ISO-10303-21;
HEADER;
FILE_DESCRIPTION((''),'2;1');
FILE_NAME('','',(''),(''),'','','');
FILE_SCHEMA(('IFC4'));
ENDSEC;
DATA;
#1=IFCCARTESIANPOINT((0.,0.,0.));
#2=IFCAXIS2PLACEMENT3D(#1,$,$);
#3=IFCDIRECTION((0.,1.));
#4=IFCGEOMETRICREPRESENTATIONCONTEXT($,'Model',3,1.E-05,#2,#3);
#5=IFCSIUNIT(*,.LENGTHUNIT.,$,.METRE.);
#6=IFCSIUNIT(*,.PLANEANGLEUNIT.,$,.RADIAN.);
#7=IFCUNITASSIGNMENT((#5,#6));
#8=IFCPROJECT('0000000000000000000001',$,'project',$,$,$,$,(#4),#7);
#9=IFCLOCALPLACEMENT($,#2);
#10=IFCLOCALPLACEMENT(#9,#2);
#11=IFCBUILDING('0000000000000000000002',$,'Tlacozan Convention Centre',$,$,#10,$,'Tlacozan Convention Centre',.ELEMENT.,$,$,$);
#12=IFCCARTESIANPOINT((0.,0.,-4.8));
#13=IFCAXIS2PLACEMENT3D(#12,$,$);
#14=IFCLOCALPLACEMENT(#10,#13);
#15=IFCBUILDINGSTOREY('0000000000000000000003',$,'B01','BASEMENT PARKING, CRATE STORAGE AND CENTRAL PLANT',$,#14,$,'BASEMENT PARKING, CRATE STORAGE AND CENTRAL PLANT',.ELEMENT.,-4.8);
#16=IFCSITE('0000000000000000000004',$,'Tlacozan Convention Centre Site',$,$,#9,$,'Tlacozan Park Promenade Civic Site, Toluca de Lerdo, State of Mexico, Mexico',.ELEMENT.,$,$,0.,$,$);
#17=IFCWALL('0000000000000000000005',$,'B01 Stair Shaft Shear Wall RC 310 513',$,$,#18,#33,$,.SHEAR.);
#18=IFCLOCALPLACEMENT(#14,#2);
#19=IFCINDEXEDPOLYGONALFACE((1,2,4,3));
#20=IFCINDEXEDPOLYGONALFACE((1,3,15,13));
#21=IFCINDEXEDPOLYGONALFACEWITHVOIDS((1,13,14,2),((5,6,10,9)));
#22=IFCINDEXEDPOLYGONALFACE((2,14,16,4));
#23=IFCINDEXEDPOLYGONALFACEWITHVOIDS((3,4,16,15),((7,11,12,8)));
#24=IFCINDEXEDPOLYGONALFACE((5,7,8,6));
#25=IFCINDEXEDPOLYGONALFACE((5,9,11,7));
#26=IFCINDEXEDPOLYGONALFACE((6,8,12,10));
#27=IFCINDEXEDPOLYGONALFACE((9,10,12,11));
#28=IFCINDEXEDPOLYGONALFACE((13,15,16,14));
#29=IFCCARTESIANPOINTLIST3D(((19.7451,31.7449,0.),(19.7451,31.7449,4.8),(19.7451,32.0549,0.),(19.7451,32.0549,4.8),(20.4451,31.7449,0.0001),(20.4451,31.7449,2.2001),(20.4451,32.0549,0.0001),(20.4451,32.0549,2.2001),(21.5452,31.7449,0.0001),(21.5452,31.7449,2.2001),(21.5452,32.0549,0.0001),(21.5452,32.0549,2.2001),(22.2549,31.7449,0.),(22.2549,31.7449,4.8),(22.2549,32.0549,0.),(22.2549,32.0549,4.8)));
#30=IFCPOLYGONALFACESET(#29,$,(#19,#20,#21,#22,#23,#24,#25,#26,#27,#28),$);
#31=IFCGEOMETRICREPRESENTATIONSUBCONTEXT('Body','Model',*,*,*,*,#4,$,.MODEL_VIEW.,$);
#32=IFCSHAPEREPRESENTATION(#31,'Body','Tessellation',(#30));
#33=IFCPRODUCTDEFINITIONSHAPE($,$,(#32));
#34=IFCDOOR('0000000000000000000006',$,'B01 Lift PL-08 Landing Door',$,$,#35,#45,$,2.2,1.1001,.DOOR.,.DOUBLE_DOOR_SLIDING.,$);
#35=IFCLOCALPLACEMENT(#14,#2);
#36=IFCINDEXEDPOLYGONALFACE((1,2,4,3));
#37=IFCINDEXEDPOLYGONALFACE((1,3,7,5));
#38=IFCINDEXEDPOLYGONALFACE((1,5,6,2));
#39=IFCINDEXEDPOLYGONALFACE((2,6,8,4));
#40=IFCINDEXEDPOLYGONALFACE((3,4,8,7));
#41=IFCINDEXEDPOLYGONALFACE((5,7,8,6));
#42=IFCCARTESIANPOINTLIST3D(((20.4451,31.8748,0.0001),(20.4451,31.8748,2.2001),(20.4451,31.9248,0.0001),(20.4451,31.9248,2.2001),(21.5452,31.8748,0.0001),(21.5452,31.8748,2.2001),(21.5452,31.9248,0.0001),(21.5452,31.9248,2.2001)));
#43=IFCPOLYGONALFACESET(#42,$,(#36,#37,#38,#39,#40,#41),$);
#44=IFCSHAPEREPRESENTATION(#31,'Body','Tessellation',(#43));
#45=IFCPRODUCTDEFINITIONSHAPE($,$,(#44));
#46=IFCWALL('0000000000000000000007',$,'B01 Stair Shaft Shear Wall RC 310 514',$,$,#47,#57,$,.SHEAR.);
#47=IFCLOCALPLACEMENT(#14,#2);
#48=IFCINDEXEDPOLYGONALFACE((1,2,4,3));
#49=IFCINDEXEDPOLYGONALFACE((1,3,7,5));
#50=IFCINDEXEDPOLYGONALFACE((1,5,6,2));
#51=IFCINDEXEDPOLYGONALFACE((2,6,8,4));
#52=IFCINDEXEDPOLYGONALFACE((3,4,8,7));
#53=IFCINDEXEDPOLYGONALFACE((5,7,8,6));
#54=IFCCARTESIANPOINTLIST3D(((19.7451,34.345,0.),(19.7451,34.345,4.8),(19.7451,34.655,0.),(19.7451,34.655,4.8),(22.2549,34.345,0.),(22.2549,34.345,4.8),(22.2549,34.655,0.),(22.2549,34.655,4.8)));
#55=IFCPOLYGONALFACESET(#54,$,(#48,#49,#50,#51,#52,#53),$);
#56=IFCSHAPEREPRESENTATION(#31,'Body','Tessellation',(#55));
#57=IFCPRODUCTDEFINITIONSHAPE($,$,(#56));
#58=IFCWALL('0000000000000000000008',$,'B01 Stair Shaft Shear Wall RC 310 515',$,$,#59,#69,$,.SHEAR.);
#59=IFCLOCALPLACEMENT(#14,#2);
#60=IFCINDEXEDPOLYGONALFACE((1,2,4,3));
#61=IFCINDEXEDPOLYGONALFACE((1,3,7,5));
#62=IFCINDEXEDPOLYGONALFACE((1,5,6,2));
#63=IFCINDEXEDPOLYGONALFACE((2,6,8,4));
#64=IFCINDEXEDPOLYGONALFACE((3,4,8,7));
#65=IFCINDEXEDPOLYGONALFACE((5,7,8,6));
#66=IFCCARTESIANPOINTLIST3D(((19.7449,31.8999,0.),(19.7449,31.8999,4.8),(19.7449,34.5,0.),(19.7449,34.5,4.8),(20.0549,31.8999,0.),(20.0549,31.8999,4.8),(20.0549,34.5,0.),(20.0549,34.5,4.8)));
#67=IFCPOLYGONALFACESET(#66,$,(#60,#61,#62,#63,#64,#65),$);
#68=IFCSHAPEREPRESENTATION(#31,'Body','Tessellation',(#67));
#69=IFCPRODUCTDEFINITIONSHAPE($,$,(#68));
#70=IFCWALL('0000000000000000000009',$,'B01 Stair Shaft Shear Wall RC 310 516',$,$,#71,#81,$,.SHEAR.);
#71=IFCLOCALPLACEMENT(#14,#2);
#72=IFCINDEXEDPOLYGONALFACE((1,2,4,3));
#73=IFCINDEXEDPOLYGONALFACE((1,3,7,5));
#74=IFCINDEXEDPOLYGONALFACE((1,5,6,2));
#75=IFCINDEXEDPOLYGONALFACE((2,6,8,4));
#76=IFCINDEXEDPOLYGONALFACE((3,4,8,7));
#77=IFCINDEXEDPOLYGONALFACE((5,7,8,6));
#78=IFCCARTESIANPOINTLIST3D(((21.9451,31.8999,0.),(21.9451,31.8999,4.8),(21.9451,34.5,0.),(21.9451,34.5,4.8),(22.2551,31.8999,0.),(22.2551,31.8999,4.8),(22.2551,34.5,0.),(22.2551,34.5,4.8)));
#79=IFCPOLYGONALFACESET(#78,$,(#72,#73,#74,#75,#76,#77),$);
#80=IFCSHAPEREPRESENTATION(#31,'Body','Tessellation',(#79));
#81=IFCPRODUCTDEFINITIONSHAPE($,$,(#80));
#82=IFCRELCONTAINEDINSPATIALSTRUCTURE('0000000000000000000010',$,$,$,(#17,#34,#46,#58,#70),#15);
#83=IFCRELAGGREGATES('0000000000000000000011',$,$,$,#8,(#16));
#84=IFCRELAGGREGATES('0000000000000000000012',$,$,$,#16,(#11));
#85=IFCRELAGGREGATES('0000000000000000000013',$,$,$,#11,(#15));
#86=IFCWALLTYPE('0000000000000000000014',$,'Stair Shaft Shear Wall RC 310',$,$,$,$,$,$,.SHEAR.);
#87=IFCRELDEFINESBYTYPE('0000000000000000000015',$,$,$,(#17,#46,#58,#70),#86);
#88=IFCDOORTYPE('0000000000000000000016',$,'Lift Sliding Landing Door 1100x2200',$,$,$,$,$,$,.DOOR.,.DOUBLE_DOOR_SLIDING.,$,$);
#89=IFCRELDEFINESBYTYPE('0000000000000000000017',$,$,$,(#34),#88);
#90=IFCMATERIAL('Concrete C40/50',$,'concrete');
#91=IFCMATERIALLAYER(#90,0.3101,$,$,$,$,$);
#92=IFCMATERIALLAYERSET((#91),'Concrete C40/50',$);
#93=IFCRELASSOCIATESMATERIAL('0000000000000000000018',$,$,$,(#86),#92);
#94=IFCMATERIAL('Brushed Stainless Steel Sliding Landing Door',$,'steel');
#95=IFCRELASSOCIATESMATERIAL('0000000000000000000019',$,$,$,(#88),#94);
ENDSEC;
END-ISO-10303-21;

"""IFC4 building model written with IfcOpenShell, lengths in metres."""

from ifc_helpers import new_model, si_unit, direction, frame, frame_2d, origin, place, context, subcontext, project, spatial, rectangle, extrude, material, layer, layer_set, type_object, element, fill, save


model = new_model("IFC4")

# Units and contexts
model_context = context("Model", 3, precision=1e-05, world=origin(), true_north=direction((0.0, 1.0)))
body_context = subcontext(model_context, "Body", "Model", "MODEL_VIEW")
ifc_project = project(units=[si_unit("LENGTHUNIT", "METRE"), si_unit("PLANEANGLEUNIT", "RADIAN")], contexts=[model_context])

# Site, building, storey
site_placement = place(None, origin())
site = spatial("IfcSite", under=ifc_project, at=site_placement, Name="Tlacozan Convention Centre Site", LongName="Tlacozan Park Promenade Civic Site, Toluca de Lerdo, State of Mexico, Mexico", CompositionType="ELEMENT", RefElevation=0.0)
building_placement = place(site_placement, origin())
building = spatial("IfcBuilding", under=site, at=building_placement, Name="Tlacozan Convention Centre", LongName="Tlacozan Convention Centre", CompositionType="ELEMENT")
storey_placement = place(building_placement, frame((0.0, 0.0, -4.8)))
storey = spatial("IfcBuildingStorey", under=building, at=storey_placement, Name="B01", Description="BASEMENT PARKING, CRATE STORAGE AND CENTRAL PLANT", LongName="BASEMENT PARKING, CRATE STORAGE AND CENTRAL PLANT", CompositionType="ELEMENT", Elevation=-4.8)

# Shared definitions
ifc_material_1 = material(Name="Concrete C40/50", Category="concrete")

# Shared definitions
ifc_layer_1 = layer(ifc_material_1, 0.3101)
ifc_layer_set_1 = layer_set([ifc_layer_1], Name="Concrete C40/50")
wall_type_1 = type_object("IfcWallType", Name="Stair Shaft Shear Wall RC 310", PredefinedType="SHEAR", material=ifc_layer_set_1)

# Wall, opening, door
wall_1_placement = place(storey_placement, frame((19.7451, 31.8999, 0.0), z_axis=(0.0, 0.0, 1.0), x_axis=(1.0, 0.0, 0.0)))
wall_1 = element("IfcWall", 1, at=wall_1_placement, inside=storey, type_object=wall_type_1, Name="B01 Stair Shaft Shear Wall RC 310 513", PredefinedType="SHEAR", context=body_context, shape_type="SweptSolid", body=[
    extrude(rectangle(XDim=2.5098, YDim=0.3101, at=frame_2d((1.2549, 0.0))), origin(), (0.0, 0.0, 1.0), 4.8),
])
opening_placement = place(wall_1_placement, frame((0.7, 0.0, 0.0)))
opening = element("IfcOpeningElement", 2, at=opening_placement, cuts=wall_1, PredefinedType="OPENING", context=body_context, shape_type="SweptSolid", body=[
    extrude(rectangle(XDim=1.1001, YDim=2.2, at=frame_2d((0.55, 1.1001))), frame((0.0, 0.165, 0.0), z_axis=(0.0, -1.0, 0.0), x_axis=(1.0, 0.0, 0.0)), (0.0, 0.0, 1.0), 0.3301),
])
ifc_material_2 = material(Name="Brushed Stainless Steel Sliding Landing Door", Category="steel")
door_type = type_object("IfcDoorType", Name="Lift Sliding Landing Door 1100x2200", OperationType="DOUBLE_DOOR_SLIDING", PredefinedType="DOOR", material=ifc_material_2)
door_placement = place(opening_placement, origin())
door = element("IfcDoor", 3, at=door_placement, inside=storey, type_object=door_type, Name="B01 Lift PL-08 Landing Door", OperationType="DOUBLE_DOOR_SLIDING", OverallHeight=2.2, OverallWidth=1.1001, PredefinedType="DOOR", context=body_context, shape_type="SweptSolid", body=[
    extrude(rectangle(XDim=1.1001, YDim=2.2, at=frame_2d((0.55, 1.1001))), frame((0.0, 0.0249, 0.0), z_axis=(0.0, -1.0, 0.0), x_axis=(1.0, 0.0, 0.0)), (0.0, 0.0, 1.0), 0.05),
])
fill(opening, door)

# Walls
wall_2_placement = place(storey_placement, frame((19.7451, 34.5, 0.0), z_axis=(0.0, 0.0, 1.0), x_axis=(1.0, 0.0, 0.0)))
element("IfcWall", 4, at=wall_2_placement, inside=storey, type_object=wall_type_1, Name="B01 Stair Shaft Shear Wall RC 310 514", PredefinedType="SHEAR", context=body_context, shape_type="SweptSolid", body=[
    extrude(rectangle(XDim=2.5098, YDim=0.3101, at=frame_2d((1.2549, 0.0))), origin(), (0.0, 0.0, 1.0), 4.8),
])
for number, where, z_axis, x_axis, name in (
    (5, (19.8999, 31.8999, 0.0), (0.0, 0.0, 1.0), (0.0, 1.0, 0.0), "B01 Stair Shaft Shear Wall RC 310 515"),
    (6, (22.1001, 31.8999, 0.0), (0.0, 0.0, 1.0), (0.0, 1.0, 0.0), "B01 Stair Shaft Shear Wall RC 310 516"),
):
    element("IfcWall", number, at=place(storey_placement, frame(where, z_axis=z_axis, x_axis=x_axis)), inside=storey, type_object=wall_type_1, Name=name, PredefinedType="SHEAR", context=body_context, shape_type="SweptSolid", body=[
        extrude(rectangle(XDim=2.6001, YDim=0.3101, at=frame_2d((1.3, 0.0))), origin(), (0.0, 0.0, 1.0), 4.8),
    ])

save(model, "model.ifc")
